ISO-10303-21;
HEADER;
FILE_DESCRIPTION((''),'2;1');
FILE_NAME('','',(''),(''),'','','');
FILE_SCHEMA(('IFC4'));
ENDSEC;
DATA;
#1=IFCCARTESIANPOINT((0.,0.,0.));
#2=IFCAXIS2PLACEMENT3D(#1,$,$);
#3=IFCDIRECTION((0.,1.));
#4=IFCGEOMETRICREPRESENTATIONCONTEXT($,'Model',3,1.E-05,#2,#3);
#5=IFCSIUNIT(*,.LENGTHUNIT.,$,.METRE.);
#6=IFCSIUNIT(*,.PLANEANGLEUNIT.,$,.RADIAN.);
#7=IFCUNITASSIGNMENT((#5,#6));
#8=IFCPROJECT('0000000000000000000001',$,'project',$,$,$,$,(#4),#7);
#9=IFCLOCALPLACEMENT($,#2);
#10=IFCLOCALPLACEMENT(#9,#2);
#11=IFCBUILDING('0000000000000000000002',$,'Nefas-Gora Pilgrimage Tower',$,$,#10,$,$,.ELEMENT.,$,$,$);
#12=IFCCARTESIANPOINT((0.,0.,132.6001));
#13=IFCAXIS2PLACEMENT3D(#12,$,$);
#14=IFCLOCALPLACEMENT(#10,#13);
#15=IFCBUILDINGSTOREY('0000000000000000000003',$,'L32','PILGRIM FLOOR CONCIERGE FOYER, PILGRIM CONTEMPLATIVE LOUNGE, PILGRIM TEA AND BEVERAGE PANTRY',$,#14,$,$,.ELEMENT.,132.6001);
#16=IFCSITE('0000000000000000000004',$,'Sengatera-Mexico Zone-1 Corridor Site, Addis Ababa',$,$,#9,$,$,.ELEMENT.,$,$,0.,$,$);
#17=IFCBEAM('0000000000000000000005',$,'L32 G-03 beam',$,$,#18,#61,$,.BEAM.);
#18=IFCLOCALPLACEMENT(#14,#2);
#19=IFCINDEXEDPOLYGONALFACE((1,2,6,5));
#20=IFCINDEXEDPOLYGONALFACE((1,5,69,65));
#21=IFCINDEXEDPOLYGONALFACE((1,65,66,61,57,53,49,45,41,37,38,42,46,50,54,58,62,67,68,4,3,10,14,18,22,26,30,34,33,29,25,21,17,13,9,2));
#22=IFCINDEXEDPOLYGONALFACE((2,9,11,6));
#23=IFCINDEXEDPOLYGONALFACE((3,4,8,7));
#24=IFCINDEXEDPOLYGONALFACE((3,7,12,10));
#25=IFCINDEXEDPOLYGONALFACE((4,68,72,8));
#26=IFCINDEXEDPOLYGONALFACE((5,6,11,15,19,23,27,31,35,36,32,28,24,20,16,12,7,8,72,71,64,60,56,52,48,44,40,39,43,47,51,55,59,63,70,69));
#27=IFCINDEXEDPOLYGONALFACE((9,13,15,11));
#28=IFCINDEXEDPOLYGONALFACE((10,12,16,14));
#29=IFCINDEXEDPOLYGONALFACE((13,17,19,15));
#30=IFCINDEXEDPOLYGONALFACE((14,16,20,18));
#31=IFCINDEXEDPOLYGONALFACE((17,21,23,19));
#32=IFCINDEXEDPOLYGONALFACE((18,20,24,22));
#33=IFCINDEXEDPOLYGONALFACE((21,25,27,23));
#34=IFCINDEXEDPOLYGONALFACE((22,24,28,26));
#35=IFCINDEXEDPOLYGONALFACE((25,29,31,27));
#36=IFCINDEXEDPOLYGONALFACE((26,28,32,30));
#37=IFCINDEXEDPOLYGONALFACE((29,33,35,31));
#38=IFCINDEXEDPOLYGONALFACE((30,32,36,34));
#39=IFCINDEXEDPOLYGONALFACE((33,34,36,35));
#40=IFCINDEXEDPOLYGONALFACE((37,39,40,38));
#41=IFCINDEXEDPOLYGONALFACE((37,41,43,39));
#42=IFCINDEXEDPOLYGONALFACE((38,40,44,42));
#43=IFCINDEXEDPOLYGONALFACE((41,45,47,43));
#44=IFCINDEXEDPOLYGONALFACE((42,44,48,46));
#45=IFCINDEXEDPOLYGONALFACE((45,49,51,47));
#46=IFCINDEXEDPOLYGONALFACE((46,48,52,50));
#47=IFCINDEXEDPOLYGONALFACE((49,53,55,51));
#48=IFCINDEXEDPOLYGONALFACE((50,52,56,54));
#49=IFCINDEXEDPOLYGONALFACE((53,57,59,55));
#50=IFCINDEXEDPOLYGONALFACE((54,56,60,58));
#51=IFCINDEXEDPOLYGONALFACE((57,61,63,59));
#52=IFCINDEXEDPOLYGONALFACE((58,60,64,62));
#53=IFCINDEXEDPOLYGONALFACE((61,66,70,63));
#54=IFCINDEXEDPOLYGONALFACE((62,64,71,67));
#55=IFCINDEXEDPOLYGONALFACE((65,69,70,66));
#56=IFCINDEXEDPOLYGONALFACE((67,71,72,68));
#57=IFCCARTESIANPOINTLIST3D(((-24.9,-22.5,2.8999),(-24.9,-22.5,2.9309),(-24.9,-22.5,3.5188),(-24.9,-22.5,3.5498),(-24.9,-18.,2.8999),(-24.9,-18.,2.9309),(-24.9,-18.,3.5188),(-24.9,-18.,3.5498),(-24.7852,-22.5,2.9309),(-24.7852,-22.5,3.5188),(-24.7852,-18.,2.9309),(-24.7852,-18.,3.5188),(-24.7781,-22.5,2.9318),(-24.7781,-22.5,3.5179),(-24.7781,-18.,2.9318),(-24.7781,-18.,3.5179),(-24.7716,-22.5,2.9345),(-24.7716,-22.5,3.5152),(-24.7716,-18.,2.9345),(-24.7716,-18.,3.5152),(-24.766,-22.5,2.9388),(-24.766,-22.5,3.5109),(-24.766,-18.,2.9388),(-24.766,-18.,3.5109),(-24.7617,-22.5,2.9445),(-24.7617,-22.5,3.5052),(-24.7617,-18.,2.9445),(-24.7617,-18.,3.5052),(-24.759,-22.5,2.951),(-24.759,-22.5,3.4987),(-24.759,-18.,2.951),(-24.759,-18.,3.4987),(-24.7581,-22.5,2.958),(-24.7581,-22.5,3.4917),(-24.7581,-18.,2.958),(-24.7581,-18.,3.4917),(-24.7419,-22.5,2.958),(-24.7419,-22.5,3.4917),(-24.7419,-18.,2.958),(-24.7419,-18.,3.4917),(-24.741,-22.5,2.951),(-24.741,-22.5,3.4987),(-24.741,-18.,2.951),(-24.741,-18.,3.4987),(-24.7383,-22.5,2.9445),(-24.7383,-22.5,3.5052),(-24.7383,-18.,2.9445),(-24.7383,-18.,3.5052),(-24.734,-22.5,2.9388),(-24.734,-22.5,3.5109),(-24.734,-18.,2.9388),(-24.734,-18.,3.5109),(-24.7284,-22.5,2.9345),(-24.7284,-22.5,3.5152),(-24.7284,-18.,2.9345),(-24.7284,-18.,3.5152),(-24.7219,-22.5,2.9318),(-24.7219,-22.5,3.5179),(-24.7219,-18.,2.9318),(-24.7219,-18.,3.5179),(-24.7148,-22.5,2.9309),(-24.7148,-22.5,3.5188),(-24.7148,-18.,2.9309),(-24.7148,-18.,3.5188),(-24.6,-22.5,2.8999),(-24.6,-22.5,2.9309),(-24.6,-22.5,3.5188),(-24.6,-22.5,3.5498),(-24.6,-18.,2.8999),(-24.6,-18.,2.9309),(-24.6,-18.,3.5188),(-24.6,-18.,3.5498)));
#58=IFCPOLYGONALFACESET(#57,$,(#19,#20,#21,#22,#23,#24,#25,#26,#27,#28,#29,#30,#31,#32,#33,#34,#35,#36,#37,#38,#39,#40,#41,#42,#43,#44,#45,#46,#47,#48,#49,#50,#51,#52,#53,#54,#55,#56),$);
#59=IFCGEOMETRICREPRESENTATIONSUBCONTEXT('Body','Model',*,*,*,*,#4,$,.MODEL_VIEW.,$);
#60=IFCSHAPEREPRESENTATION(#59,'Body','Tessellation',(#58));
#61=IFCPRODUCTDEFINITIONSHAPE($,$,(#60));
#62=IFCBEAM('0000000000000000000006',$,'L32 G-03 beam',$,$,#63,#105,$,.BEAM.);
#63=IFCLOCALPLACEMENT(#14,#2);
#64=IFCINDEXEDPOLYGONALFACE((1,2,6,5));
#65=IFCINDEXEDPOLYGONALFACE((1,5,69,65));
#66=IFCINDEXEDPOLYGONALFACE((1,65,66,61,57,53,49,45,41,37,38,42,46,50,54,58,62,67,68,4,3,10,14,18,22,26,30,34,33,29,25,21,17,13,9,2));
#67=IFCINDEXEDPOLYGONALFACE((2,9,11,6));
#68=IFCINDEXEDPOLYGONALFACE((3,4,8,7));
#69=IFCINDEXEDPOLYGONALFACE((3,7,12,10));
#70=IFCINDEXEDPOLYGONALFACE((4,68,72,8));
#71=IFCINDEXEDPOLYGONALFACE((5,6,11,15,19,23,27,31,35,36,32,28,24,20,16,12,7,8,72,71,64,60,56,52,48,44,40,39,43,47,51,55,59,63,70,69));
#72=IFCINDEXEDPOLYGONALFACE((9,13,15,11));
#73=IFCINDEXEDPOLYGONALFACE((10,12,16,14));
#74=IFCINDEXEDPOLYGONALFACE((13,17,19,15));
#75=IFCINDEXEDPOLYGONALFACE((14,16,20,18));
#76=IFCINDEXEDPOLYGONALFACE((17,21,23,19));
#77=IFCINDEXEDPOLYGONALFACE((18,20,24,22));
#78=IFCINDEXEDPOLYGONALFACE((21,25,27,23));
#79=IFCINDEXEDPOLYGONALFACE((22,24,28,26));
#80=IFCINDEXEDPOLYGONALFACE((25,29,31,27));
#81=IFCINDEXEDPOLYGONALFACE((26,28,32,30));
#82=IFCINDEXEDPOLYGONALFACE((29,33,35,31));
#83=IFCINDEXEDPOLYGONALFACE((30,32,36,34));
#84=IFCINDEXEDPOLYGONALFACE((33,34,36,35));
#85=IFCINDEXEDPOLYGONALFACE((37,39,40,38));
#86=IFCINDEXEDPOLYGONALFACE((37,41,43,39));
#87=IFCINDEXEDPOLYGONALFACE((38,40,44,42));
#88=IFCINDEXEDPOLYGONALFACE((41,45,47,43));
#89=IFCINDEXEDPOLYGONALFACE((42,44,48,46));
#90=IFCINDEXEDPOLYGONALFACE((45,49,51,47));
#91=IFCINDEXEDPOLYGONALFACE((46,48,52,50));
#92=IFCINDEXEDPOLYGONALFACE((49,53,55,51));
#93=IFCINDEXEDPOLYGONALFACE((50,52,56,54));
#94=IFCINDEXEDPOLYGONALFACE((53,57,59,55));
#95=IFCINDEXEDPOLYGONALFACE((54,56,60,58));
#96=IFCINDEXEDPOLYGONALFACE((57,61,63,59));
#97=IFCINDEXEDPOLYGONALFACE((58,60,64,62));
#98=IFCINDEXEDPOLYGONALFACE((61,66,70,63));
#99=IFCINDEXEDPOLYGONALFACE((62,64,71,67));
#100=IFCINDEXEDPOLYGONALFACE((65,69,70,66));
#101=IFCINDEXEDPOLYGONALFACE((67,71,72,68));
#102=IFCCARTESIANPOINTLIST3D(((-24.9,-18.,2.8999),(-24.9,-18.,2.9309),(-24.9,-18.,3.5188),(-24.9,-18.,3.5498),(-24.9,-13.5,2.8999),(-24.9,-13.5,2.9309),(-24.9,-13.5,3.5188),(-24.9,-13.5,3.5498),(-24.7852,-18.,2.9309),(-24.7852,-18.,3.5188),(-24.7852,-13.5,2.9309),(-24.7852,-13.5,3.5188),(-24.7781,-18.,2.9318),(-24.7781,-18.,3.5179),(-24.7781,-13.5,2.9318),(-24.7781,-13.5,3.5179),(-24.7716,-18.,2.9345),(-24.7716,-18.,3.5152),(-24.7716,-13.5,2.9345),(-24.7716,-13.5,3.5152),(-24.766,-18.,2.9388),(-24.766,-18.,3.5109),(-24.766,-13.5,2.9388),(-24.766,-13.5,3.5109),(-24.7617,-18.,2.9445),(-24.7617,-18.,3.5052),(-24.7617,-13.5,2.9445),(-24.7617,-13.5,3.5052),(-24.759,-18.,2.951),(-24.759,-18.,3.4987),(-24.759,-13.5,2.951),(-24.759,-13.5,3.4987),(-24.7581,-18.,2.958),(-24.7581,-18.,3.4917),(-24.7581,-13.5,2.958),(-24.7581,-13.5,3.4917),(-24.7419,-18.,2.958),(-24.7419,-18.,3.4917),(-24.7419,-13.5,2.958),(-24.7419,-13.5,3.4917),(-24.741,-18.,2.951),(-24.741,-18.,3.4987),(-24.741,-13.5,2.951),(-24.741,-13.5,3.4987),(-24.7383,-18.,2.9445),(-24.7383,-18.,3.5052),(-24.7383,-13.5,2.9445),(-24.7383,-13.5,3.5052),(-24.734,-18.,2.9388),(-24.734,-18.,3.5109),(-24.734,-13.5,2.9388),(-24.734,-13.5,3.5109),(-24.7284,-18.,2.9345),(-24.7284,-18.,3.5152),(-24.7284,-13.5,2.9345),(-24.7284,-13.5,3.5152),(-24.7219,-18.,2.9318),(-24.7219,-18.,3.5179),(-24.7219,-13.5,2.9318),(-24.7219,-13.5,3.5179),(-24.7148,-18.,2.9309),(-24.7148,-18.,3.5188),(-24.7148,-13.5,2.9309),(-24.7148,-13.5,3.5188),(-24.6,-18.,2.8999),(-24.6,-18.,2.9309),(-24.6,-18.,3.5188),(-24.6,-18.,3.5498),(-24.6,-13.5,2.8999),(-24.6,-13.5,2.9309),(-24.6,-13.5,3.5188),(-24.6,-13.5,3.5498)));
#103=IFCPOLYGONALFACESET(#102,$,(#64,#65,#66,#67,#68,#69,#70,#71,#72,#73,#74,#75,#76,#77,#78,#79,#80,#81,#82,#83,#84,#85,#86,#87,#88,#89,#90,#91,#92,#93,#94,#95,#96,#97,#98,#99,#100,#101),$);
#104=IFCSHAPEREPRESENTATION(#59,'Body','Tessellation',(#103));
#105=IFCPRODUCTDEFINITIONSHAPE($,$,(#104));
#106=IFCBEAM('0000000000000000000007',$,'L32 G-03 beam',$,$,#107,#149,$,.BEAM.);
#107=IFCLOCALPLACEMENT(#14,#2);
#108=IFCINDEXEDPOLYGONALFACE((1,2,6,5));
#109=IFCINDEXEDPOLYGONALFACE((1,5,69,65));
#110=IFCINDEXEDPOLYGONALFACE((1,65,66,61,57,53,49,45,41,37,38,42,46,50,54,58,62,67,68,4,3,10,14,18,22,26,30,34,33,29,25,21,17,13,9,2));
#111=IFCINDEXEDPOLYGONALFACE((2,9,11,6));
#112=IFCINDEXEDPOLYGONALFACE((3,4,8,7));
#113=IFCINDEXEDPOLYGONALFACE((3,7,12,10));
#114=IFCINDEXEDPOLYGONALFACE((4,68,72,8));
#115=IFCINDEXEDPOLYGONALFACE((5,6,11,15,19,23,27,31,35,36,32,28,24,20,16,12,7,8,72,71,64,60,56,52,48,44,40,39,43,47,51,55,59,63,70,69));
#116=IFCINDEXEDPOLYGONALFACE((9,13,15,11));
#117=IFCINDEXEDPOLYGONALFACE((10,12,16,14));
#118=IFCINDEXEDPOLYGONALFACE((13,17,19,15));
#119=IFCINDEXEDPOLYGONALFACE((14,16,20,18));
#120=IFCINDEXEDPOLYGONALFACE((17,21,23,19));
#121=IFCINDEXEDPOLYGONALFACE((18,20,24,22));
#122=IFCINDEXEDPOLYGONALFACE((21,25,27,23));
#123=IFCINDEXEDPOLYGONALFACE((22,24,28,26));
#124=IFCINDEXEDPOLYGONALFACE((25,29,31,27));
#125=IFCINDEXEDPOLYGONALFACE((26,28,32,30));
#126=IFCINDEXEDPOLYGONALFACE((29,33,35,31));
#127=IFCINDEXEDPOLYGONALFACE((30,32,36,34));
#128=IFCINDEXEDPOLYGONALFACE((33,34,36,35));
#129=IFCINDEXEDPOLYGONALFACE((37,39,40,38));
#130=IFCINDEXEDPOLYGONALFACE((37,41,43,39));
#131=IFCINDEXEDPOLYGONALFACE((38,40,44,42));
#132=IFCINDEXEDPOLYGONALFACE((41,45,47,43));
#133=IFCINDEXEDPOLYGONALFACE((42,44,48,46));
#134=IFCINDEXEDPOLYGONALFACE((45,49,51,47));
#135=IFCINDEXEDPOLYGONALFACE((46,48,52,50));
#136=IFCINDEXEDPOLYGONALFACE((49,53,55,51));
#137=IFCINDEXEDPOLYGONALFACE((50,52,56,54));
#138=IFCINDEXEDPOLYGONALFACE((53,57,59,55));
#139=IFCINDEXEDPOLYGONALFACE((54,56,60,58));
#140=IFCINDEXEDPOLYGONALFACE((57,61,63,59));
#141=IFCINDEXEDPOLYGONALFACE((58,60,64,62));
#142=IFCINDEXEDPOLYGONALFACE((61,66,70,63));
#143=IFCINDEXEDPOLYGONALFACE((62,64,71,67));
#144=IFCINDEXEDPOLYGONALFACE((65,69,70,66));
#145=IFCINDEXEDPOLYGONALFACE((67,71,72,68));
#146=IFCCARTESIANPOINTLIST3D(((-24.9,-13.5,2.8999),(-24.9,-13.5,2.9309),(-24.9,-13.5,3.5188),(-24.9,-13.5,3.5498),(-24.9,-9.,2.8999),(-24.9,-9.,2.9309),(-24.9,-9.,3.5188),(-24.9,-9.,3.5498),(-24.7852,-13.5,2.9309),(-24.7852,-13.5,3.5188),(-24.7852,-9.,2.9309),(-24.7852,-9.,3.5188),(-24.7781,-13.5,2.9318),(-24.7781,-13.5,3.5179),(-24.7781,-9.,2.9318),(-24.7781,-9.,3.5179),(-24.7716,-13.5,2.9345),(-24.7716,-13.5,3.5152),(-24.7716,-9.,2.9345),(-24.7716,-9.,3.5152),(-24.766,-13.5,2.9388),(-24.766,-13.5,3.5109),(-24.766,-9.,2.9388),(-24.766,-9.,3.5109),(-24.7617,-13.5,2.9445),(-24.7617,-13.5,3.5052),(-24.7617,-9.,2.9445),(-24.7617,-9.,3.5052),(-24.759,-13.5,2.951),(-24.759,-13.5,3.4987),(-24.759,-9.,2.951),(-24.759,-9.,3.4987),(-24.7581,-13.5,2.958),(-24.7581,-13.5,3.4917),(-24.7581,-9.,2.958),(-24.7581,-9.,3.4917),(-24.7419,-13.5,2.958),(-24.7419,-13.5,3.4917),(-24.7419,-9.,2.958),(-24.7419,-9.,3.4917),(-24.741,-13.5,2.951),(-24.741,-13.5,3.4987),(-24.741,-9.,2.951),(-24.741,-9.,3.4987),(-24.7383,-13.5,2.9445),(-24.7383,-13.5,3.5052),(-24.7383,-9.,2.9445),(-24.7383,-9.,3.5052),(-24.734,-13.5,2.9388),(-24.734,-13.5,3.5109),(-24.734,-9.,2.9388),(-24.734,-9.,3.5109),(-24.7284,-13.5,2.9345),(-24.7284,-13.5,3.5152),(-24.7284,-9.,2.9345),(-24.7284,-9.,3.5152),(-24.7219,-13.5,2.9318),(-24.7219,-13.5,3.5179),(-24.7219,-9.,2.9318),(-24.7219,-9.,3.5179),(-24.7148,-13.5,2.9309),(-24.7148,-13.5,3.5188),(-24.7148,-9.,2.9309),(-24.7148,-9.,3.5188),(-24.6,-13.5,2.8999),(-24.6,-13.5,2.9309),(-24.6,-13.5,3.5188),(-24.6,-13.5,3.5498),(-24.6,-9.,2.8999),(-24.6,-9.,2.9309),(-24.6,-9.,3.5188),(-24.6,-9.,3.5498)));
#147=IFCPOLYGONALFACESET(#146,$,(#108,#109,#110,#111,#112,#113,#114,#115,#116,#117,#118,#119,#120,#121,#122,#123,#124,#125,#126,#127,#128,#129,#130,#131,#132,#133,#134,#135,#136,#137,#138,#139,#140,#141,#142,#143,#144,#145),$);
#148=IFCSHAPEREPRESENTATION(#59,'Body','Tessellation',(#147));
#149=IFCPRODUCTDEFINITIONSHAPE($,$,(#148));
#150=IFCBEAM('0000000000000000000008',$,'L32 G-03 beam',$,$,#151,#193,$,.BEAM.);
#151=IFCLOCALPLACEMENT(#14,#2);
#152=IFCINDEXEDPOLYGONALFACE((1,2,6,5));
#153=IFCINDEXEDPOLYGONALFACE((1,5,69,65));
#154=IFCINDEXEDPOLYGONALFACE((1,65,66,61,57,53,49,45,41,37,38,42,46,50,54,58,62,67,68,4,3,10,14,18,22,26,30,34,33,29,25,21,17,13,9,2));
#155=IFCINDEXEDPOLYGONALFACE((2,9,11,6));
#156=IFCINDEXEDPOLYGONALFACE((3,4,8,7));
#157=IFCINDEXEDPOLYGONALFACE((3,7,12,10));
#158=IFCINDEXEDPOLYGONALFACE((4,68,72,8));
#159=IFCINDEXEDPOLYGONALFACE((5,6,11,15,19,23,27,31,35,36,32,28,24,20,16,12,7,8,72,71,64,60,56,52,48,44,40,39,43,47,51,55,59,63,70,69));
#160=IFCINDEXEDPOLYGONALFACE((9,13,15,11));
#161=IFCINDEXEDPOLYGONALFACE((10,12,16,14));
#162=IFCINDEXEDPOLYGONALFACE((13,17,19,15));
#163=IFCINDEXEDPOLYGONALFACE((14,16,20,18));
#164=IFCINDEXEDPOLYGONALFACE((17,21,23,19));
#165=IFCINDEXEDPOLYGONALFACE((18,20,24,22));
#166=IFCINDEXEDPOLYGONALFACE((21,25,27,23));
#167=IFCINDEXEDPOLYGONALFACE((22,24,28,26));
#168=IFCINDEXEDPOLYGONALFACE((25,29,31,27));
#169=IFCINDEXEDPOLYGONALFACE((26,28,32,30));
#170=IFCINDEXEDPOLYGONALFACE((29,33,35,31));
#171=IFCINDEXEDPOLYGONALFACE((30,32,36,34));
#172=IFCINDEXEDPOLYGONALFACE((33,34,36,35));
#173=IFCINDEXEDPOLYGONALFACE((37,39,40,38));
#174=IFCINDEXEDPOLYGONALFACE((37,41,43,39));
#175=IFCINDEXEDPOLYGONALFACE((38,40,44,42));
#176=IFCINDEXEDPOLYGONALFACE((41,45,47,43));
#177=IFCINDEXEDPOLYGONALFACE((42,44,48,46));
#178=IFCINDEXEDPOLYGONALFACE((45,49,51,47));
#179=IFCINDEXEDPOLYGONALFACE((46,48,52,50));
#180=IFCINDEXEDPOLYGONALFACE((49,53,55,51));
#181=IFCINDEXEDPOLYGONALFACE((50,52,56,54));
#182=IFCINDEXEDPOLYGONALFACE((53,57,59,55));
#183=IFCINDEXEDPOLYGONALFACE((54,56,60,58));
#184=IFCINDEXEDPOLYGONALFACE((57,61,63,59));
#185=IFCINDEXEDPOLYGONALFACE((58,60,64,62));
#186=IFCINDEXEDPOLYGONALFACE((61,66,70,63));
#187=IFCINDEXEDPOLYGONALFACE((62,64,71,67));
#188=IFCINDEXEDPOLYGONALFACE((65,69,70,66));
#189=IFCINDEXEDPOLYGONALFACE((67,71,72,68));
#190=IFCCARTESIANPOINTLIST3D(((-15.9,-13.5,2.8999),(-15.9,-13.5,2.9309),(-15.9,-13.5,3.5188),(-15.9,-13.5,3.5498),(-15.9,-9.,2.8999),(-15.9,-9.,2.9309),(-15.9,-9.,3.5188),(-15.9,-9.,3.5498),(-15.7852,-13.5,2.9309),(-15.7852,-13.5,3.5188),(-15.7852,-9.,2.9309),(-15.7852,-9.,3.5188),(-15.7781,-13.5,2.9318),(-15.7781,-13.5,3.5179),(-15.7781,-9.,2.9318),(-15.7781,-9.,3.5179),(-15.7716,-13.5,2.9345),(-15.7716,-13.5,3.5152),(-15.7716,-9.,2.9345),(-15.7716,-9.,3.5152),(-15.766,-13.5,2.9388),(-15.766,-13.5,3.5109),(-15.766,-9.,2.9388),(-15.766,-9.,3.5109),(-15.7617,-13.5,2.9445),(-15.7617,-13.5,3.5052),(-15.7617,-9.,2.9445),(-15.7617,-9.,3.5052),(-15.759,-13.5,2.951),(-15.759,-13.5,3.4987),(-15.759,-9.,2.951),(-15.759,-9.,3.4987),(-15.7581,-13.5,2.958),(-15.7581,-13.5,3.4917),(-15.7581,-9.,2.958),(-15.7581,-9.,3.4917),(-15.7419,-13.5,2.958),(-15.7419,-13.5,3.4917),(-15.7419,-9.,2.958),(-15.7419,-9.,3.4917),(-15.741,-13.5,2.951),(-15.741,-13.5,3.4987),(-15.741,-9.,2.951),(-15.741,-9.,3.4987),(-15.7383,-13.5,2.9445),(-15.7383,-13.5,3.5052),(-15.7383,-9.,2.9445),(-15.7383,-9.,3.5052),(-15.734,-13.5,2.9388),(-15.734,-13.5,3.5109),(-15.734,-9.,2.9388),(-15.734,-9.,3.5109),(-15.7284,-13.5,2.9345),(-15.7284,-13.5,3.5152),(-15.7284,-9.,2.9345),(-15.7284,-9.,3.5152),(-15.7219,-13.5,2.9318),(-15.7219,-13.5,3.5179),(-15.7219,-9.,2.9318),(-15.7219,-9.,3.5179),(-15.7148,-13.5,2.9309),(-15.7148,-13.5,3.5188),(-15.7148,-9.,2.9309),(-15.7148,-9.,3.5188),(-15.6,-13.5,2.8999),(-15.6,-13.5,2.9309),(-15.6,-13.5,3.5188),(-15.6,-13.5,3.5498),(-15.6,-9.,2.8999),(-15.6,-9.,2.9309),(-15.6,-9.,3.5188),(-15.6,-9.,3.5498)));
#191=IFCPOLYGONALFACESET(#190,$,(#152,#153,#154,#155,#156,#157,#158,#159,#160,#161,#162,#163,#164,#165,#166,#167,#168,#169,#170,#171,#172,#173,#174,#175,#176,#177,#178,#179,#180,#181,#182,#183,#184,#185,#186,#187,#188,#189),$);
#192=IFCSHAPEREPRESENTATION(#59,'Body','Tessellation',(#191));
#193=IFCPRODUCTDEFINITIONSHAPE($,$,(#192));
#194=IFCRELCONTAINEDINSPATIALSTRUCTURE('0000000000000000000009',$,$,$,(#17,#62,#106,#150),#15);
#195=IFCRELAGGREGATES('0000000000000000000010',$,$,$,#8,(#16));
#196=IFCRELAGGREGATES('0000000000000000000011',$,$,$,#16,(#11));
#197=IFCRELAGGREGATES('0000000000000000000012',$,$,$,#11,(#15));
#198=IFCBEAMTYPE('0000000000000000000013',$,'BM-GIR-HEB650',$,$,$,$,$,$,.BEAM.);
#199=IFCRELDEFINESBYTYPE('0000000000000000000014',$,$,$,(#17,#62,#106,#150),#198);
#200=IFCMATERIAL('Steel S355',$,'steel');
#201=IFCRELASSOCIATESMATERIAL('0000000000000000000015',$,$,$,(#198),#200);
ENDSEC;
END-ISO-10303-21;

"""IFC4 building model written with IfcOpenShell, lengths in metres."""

from ifc_helpers import new_model, si_unit, direction, frame, origin, origin_2d, place, context, subcontext, project, spatial, i_section, extrude, source, transform, mapped, material, material_profile, profile_set, type_object, element, save


model = new_model("IFC4")

# Units and contexts
model_context = context("Model", 3, precision=1e-05, world=origin(), true_north=direction((0.0, 1.0)))
body_context = subcontext(model_context, "Body", "Model", "MODEL_VIEW")
ifc_project = project(units=[si_unit("LENGTHUNIT", "METRE"), si_unit("PLANEANGLEUNIT", "RADIAN")], contexts=[model_context])

# Site, building, storey
site_placement = place(None, origin())
site = spatial("IfcSite", under=ifc_project, at=site_placement, Name="Sengatera-Mexico Zone-1 Corridor Site, Addis Ababa", CompositionType="ELEMENT", RefElevation=0.0)
building_placement = place(site_placement, origin())
building = spatial("IfcBuilding", under=site, at=building_placement, Name="Nefas-Gora Pilgrimage Tower", CompositionType="ELEMENT")
storey_placement = place(building_placement, frame((0.0, 0.0, 132.6001)))
storey = spatial("IfcBuildingStorey", under=building, at=storey_placement, Name="L32", Description="PILGRIM FLOOR CONCIERGE FOYER, PILGRIM CONTEMPLATIVE LOUNGE, PILGRIM TEA AND BEVERAGE PANTRY", CompositionType="ELEMENT", Elevation=132.6001)

# Beams
ifc_material_1 = material(Name="Steel S355", Category="steel")
ifc_material_profile_1 = material_profile(ifc_material_1, i_section(OverallWidth=0.3, OverallDepth=0.6499, WebThickness=0.0161, FlangeThickness=0.031, FilletRadius=0.0271, at=origin_2d()), Name="HEB 650")
ifc_profile_set_1 = profile_set([ifc_material_profile_1], Name="Steel S355")
beam_type_1 = type_object("IfcBeamType", Name="BM-GIR-HEB650", PredefinedType="BEAM", material=ifc_profile_set_1)
shared_shape_1 = source(origin(), body_context, "Body", "SweptSolid", [
    extrude(i_section(OverallWidth=0.3, OverallDepth=0.6499, WebThickness=0.0161, FlangeThickness=0.031, FilletRadius=0.0271, at=origin_2d()), origin(), (0.0, 0.0, 1.0), 4.5),
])
for number, where, z_axis, x_axis, name in (
    (1, (-24.75, -22.5, 3.2249), (0.0, 1.0, 0.0), (-1.0, 0.0, 0.0), "L32 G-03 beam"),
    (2, (-24.75, -18.0, 3.2249), (0.0, 1.0, 0.0), (-1.0, 0.0, 0.0), "L32 G-03 beam"),
    (3, (-24.75, -13.5, 3.2249), (0.0, 1.0, 0.0), (-1.0, 0.0, 0.0), "L32 G-03 beam"),
    (4, (-15.75, -13.5, 3.2249), (0.0, 1.0, 0.0), (-1.0, 0.0, 0.0), "L32 G-03 beam"),
):
    element("IfcBeam", number, at=place(storey_placement, frame(where, z_axis=z_axis, x_axis=x_axis)), inside=storey, type_object=beam_type_1, Name=name, PredefinedType="BEAM", context=body_context, shape_type="MappedRepresentation", body=[
        mapped(shared_shape_1, transform((0.0, 0.0, 0.0), x_axis=(1.0, 0.0, 0.0), y_axis=(0.0, 1.0, 0.0), z_axis=(0.0, 0.0, 1.0), scale=1.0)),
    ])

save(model, "model.ifc")
